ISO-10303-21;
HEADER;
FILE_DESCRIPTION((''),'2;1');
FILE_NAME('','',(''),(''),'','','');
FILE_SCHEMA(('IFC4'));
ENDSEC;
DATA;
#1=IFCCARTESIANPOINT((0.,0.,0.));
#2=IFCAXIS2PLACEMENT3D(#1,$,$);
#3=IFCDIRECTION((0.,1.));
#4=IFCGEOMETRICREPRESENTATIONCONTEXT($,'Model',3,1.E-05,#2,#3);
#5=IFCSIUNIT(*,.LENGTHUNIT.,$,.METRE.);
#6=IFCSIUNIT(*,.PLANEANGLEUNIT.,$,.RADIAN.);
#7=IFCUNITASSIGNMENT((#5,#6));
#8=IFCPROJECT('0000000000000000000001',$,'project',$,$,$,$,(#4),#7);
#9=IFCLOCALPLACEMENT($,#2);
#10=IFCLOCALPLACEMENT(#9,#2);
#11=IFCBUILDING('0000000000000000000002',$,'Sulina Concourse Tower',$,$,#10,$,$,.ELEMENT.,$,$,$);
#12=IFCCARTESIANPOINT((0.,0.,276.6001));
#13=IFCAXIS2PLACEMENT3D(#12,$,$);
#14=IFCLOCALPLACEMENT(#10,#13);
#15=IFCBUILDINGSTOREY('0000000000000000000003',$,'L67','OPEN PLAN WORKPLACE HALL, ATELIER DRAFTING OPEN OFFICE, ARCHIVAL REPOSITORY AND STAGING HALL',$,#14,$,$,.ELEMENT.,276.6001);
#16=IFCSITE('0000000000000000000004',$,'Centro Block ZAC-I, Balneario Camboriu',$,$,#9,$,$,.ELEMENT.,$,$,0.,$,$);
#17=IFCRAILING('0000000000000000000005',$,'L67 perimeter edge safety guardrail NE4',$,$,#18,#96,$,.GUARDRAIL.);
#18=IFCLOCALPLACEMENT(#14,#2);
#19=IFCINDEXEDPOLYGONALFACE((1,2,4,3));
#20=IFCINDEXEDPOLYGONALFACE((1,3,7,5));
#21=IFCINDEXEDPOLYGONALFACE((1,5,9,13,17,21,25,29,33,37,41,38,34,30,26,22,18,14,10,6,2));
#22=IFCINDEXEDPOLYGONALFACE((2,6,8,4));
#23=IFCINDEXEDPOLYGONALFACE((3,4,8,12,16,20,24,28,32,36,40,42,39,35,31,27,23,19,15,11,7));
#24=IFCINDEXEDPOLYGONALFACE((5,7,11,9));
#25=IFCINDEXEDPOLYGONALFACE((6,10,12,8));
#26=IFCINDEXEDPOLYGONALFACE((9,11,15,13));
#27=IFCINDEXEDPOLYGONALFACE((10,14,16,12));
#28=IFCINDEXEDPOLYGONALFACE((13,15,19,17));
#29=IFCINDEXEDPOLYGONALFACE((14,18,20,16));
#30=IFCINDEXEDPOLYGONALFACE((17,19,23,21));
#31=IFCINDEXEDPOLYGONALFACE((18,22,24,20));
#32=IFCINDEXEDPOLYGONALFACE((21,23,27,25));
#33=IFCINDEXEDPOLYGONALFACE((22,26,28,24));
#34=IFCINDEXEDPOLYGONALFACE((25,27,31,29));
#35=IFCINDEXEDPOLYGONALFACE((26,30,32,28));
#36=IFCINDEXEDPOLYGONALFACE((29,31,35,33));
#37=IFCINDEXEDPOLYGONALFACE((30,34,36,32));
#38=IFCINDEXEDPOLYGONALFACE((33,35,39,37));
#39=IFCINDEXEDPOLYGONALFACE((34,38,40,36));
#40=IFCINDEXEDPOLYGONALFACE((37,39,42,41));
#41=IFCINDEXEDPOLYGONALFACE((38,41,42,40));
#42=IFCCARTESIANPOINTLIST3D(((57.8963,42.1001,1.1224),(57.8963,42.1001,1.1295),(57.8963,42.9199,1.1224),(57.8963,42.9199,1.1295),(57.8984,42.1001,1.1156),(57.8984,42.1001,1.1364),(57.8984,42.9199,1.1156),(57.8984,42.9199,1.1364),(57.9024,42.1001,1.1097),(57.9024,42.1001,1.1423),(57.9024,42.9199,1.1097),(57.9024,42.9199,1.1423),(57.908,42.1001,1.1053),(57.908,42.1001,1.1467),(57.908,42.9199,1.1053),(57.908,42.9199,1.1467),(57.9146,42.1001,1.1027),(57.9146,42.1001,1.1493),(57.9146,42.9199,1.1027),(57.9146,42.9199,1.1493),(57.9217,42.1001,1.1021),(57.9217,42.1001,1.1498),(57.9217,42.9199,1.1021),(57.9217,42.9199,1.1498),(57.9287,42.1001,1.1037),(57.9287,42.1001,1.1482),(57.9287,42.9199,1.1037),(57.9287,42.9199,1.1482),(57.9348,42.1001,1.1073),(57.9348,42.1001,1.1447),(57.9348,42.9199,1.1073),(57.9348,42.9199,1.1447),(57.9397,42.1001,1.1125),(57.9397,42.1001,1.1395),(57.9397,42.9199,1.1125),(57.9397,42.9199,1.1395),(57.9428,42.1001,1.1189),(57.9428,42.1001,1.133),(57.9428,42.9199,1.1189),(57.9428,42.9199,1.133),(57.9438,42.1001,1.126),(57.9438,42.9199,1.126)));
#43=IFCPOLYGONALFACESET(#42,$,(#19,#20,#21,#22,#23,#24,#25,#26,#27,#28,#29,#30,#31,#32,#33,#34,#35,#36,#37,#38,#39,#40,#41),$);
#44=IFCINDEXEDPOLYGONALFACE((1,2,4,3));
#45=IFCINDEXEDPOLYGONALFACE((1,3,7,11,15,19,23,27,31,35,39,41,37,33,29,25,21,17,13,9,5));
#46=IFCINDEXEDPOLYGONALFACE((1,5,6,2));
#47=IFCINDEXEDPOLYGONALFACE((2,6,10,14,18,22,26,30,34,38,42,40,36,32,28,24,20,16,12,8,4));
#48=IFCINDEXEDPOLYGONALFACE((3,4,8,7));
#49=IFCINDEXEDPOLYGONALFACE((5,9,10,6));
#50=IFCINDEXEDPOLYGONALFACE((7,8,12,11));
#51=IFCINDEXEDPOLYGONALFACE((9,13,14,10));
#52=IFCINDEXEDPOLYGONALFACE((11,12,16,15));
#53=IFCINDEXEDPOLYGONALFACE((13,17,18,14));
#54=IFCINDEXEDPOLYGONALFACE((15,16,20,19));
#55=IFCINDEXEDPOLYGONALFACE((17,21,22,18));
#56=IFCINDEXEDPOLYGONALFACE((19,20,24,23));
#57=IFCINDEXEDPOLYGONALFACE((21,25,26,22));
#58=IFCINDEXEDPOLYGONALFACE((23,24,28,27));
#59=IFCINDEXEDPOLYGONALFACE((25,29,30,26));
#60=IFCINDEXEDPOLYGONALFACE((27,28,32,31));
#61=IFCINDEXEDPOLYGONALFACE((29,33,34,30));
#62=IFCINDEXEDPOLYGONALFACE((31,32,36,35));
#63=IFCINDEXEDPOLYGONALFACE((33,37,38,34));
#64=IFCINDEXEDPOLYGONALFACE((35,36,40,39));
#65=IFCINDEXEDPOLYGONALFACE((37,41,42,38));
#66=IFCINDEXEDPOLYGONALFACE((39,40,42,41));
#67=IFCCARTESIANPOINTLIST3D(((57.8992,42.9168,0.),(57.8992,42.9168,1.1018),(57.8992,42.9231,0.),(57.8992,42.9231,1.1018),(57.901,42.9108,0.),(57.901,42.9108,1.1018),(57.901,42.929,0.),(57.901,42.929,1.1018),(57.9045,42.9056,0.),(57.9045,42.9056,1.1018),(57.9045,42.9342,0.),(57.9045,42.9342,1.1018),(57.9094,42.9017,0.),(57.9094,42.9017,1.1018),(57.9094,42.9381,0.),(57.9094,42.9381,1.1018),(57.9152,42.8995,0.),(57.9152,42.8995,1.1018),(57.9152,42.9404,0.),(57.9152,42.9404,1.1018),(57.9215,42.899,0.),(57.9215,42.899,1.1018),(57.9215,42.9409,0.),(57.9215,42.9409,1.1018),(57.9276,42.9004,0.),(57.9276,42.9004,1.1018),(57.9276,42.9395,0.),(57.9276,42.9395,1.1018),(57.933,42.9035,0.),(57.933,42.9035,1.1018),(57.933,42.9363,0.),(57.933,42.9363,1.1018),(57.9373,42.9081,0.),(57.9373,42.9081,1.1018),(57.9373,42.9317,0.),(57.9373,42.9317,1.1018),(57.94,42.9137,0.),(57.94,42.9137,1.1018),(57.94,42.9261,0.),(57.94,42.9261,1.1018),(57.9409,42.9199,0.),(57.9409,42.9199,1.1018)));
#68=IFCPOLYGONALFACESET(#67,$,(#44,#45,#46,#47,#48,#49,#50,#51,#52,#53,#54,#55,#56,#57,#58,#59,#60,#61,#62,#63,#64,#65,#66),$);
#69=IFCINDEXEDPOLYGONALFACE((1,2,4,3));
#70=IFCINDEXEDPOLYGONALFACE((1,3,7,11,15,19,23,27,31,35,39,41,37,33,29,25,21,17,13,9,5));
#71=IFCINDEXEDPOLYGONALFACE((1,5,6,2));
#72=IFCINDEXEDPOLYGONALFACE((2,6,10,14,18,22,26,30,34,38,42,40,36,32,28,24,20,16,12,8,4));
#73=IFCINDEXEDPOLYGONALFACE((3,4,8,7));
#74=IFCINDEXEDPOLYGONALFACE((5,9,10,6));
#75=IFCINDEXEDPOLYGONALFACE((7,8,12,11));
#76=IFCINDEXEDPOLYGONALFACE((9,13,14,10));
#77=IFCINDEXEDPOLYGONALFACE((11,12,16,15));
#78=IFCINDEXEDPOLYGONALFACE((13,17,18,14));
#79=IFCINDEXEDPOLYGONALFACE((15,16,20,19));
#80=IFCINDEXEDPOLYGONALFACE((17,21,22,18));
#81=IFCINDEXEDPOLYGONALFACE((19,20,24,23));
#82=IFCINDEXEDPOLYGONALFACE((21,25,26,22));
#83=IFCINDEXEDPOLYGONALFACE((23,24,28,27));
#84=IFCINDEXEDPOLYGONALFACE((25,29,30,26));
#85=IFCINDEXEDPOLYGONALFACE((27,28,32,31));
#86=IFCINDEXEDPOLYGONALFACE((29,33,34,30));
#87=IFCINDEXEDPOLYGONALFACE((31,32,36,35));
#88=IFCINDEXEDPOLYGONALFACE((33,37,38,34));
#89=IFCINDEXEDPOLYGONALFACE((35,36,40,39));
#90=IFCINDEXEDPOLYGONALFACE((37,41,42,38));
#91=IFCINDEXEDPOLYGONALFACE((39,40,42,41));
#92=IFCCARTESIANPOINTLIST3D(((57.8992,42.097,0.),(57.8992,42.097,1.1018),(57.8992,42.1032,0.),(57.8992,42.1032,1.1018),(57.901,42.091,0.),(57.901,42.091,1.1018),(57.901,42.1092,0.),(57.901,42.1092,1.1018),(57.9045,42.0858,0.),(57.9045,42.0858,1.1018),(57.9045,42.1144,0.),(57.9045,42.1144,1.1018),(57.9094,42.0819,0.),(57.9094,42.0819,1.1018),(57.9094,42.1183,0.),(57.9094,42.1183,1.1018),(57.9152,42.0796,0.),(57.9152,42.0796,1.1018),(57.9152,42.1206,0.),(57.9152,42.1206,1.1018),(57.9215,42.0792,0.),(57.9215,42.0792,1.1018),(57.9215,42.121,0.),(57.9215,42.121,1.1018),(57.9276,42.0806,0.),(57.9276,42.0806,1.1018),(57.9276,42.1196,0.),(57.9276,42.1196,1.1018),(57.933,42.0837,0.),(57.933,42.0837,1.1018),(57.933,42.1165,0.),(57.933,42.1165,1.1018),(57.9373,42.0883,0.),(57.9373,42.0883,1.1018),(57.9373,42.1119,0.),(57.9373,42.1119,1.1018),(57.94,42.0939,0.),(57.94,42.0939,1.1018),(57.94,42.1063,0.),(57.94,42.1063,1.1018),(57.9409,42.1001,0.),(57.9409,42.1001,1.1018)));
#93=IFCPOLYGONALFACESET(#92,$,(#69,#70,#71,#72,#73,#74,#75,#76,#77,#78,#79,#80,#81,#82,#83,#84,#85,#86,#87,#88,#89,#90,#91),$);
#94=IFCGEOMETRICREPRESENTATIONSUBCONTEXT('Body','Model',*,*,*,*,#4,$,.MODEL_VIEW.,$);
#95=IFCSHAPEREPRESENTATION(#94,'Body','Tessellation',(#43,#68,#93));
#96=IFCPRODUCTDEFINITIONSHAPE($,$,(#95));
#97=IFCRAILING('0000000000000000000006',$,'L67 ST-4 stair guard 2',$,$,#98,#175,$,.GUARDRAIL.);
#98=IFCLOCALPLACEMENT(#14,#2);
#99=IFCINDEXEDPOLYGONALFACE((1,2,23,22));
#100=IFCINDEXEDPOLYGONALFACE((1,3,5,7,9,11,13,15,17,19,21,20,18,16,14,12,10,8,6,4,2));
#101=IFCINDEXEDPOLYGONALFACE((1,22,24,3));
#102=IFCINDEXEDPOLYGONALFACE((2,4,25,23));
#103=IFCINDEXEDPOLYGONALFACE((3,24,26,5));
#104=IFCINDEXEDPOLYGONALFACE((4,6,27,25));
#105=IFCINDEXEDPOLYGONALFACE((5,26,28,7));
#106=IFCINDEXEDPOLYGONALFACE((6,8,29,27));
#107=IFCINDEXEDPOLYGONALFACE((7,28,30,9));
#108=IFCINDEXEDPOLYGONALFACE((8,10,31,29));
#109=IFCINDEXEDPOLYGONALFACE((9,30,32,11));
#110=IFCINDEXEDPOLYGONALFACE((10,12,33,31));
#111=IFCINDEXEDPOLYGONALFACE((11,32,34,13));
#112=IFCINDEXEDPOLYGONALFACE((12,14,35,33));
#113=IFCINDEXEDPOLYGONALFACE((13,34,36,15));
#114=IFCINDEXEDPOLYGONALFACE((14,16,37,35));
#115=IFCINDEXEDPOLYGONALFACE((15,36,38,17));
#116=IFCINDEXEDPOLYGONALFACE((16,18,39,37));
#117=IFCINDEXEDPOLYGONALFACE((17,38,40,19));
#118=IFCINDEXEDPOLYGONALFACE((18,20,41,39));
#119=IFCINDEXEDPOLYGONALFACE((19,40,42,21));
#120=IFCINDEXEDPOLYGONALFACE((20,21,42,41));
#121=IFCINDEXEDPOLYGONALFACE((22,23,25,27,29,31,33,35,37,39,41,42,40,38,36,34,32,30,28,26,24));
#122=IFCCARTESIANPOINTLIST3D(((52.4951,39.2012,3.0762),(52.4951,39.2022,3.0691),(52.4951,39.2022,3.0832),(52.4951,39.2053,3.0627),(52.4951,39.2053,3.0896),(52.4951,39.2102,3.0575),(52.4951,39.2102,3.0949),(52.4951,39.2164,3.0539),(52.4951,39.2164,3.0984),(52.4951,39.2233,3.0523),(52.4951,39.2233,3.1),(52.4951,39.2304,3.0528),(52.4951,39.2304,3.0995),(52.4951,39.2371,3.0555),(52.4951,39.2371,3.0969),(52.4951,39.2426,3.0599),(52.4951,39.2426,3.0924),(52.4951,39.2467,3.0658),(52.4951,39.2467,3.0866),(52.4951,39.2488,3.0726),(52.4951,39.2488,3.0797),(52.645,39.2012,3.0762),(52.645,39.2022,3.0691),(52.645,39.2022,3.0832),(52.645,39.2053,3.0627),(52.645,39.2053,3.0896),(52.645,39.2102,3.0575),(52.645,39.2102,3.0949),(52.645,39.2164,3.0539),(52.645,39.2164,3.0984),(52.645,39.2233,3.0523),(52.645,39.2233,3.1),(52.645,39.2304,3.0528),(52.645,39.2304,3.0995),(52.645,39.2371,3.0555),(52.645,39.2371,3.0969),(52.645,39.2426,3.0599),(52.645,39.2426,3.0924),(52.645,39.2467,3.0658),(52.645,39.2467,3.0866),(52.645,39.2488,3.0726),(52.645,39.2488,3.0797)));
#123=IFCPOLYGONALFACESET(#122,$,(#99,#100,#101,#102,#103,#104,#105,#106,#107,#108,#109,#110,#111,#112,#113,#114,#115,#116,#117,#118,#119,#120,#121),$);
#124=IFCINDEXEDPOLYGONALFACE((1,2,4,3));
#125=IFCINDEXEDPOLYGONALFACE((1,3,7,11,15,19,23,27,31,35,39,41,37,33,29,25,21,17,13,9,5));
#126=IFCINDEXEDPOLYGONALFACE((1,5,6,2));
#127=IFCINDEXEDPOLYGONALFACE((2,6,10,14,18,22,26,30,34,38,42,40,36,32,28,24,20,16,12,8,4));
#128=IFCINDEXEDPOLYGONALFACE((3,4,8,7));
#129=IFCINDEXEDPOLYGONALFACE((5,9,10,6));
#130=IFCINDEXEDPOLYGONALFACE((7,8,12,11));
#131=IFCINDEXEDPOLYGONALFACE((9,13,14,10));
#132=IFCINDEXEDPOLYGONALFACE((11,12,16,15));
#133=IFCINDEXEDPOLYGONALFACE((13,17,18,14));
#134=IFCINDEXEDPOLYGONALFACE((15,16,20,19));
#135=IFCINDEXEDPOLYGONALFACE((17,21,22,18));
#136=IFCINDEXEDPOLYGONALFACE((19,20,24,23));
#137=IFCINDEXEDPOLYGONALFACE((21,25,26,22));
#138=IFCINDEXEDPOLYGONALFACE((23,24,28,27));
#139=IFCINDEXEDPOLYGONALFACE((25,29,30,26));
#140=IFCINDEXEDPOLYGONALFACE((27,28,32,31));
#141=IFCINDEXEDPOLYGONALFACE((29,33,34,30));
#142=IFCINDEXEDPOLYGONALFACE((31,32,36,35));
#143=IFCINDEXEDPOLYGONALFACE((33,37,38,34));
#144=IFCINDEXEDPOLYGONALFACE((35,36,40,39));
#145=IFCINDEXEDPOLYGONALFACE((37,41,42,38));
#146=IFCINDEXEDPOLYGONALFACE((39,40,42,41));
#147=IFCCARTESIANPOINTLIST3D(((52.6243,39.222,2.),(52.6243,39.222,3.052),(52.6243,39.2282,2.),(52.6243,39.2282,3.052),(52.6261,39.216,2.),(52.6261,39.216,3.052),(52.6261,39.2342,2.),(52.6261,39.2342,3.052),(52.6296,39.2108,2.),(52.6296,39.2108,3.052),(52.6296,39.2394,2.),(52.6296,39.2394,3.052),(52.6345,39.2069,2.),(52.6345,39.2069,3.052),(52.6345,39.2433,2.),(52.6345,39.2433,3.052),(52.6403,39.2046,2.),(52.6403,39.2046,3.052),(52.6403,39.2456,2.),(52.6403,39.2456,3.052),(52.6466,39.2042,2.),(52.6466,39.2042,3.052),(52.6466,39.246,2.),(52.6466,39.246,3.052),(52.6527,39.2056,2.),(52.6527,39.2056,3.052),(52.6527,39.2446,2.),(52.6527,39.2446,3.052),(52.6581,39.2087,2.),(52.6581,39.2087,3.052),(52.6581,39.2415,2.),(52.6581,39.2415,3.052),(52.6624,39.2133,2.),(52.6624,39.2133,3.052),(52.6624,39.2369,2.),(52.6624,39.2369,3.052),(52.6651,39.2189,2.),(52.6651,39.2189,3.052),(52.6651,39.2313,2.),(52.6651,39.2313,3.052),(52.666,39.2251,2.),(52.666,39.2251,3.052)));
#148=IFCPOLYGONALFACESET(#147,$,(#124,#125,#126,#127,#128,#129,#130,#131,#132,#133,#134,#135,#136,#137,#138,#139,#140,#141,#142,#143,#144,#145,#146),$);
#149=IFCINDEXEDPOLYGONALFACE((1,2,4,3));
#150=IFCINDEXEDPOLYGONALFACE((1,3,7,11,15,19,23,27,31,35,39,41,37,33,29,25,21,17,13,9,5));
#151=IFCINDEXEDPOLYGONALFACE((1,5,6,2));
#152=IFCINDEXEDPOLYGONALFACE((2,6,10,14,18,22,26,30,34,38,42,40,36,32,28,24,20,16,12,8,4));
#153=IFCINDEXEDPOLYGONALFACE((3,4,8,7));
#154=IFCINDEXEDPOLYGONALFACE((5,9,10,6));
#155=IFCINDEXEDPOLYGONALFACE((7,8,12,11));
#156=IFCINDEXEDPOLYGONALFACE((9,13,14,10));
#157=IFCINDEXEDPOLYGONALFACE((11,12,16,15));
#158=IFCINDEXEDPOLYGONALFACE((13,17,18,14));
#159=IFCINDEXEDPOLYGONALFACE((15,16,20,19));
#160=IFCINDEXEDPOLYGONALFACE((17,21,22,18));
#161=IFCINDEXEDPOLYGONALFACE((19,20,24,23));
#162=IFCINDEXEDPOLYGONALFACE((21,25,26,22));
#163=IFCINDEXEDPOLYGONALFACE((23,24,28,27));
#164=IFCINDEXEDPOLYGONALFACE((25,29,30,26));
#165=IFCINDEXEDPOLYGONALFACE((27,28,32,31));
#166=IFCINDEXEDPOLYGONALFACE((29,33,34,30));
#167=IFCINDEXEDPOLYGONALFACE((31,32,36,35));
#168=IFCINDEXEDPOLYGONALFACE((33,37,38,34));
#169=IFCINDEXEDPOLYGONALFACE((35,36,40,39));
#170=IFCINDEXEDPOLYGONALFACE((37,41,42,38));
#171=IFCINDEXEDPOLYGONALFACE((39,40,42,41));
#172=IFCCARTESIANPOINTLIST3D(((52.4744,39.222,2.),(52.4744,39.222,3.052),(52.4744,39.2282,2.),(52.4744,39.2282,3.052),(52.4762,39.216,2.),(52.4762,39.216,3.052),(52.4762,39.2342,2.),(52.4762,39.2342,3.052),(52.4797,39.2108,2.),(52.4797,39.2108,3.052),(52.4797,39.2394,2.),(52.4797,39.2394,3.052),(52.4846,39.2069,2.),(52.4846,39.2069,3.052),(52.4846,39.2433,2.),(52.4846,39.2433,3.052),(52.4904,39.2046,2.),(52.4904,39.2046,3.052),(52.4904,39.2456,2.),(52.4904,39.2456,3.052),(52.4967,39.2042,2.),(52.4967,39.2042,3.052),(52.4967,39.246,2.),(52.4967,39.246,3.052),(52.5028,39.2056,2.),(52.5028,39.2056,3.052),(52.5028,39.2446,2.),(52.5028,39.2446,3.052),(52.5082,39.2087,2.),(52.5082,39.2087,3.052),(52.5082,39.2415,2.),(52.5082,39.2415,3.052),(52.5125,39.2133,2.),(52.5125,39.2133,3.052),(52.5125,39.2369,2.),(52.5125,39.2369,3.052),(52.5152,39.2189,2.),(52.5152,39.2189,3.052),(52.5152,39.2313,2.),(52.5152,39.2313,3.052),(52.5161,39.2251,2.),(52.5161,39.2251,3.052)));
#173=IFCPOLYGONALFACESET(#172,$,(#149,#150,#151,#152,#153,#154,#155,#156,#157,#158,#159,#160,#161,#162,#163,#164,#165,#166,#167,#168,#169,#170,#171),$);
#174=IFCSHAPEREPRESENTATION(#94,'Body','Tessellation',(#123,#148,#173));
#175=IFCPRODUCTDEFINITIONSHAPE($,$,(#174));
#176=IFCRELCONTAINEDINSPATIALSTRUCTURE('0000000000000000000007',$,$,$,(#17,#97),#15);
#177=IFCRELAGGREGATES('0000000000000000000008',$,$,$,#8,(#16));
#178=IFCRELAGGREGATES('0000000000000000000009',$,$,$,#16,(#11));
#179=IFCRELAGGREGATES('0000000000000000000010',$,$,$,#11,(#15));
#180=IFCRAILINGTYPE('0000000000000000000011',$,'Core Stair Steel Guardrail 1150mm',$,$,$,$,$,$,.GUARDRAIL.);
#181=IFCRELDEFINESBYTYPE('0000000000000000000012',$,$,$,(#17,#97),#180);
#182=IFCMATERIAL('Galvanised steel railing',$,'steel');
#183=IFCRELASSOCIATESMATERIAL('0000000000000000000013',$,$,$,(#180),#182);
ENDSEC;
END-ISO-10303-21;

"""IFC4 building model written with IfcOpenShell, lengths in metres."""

from ifc_helpers import new_model, si_unit, direction, frame, origin, origin_2d, place, context, subcontext, project, spatial, circle, extrude, material, type_object, element, save


model = new_model("IFC4")

# Units and contexts
model_context = context("Model", 3, precision=1e-05, world=origin(), true_north=direction((0.0, 1.0)))
body_context = subcontext(model_context, "Body", "Model", "MODEL_VIEW")
ifc_project = project(units=[si_unit("LENGTHUNIT", "METRE"), si_unit("PLANEANGLEUNIT", "RADIAN")], contexts=[model_context])

# Site, building, storey
site_placement = place(None, origin())
site = spatial("IfcSite", under=ifc_project, at=site_placement, Name="Centro Block ZAC-I, Balneario Camboriu", CompositionType="ELEMENT", RefElevation=0.0)
building_placement = place(site_placement, origin())
building = spatial("IfcBuilding", under=site, at=building_placement, Name="Sulina Concourse Tower", CompositionType="ELEMENT")
storey_placement = place(building_placement, frame((0.0, 0.0, 276.6001)))
storey = spatial("IfcBuildingStorey", under=building, at=storey_placement, Name="L67", Description="OPEN PLAN WORKPLACE HALL, ATELIER DRAFTING OPEN OFFICE, ARCHIVAL REPOSITORY AND STAGING HALL", CompositionType="ELEMENT", Elevation=276.6001)

# Railings
ifc_material_1 = material(Name="Galvanised steel railing", Category="steel")
railing_type_1 = type_object("IfcRailingType", Name="Core Stair Steel Guardrail 1150mm", PredefinedType="GUARDRAIL", material=ifc_material_1)
railing_1_placement = place(storey_placement, frame((57.9199, 42.9199, 0.0)))
element("IfcRailing", 1, at=railing_1_placement, inside=storey, type_object=railing_type_1, Name="L67 perimeter edge safety guardrail NE4", PredefinedType="GUARDRAIL", context=body_context, shape_type="SweptSolid", body=[
    extrude(circle(Radius=0.0239, at=origin_2d()), frame((0.0, 0.0, 1.126), z_axis=(0.0, -1.0, 0.0), x_axis=(1.0, 0.0, 0.0)), (0.0, 0.0, 1.0), 0.8198),
    extrude(circle(Radius=0.021, at=origin_2d()), origin(), (0.0, 0.0, 1.0), 1.1018),
    extrude(circle(Radius=0.021, at=origin_2d()), frame((0.0, -0.8198, 0.0)), (0.0, 0.0, 1.0), 1.1018),
])
railing_2_placement = place(storey_placement, frame((52.645, 39.2251, 2.0)))
element("IfcRailing", 2, at=railing_2_placement, inside=storey, type_object=railing_type_1, Name="L67 ST-4 stair guard 2", PredefinedType="GUARDRAIL", context=body_context, shape_type="SweptSolid", body=[
    extrude(circle(Radius=0.0239, at=origin_2d()), frame((0.0, 0.0, 1.0762), z_axis=(-1.0, 0.0, 0.0), x_axis=(0.0, -1.0, 0.0)), (0.0, 0.0, 1.0), 0.1499),
    extrude(circle(Radius=0.021, at=origin_2d()), origin(), (0.0, 0.0, 1.0), 1.052),
    extrude(circle(Radius=0.021, at=origin_2d()), frame((-0.1499, 0.0, 0.0)), (0.0, 0.0, 1.0), 1.052),
])

save(model, "model.ifc")
